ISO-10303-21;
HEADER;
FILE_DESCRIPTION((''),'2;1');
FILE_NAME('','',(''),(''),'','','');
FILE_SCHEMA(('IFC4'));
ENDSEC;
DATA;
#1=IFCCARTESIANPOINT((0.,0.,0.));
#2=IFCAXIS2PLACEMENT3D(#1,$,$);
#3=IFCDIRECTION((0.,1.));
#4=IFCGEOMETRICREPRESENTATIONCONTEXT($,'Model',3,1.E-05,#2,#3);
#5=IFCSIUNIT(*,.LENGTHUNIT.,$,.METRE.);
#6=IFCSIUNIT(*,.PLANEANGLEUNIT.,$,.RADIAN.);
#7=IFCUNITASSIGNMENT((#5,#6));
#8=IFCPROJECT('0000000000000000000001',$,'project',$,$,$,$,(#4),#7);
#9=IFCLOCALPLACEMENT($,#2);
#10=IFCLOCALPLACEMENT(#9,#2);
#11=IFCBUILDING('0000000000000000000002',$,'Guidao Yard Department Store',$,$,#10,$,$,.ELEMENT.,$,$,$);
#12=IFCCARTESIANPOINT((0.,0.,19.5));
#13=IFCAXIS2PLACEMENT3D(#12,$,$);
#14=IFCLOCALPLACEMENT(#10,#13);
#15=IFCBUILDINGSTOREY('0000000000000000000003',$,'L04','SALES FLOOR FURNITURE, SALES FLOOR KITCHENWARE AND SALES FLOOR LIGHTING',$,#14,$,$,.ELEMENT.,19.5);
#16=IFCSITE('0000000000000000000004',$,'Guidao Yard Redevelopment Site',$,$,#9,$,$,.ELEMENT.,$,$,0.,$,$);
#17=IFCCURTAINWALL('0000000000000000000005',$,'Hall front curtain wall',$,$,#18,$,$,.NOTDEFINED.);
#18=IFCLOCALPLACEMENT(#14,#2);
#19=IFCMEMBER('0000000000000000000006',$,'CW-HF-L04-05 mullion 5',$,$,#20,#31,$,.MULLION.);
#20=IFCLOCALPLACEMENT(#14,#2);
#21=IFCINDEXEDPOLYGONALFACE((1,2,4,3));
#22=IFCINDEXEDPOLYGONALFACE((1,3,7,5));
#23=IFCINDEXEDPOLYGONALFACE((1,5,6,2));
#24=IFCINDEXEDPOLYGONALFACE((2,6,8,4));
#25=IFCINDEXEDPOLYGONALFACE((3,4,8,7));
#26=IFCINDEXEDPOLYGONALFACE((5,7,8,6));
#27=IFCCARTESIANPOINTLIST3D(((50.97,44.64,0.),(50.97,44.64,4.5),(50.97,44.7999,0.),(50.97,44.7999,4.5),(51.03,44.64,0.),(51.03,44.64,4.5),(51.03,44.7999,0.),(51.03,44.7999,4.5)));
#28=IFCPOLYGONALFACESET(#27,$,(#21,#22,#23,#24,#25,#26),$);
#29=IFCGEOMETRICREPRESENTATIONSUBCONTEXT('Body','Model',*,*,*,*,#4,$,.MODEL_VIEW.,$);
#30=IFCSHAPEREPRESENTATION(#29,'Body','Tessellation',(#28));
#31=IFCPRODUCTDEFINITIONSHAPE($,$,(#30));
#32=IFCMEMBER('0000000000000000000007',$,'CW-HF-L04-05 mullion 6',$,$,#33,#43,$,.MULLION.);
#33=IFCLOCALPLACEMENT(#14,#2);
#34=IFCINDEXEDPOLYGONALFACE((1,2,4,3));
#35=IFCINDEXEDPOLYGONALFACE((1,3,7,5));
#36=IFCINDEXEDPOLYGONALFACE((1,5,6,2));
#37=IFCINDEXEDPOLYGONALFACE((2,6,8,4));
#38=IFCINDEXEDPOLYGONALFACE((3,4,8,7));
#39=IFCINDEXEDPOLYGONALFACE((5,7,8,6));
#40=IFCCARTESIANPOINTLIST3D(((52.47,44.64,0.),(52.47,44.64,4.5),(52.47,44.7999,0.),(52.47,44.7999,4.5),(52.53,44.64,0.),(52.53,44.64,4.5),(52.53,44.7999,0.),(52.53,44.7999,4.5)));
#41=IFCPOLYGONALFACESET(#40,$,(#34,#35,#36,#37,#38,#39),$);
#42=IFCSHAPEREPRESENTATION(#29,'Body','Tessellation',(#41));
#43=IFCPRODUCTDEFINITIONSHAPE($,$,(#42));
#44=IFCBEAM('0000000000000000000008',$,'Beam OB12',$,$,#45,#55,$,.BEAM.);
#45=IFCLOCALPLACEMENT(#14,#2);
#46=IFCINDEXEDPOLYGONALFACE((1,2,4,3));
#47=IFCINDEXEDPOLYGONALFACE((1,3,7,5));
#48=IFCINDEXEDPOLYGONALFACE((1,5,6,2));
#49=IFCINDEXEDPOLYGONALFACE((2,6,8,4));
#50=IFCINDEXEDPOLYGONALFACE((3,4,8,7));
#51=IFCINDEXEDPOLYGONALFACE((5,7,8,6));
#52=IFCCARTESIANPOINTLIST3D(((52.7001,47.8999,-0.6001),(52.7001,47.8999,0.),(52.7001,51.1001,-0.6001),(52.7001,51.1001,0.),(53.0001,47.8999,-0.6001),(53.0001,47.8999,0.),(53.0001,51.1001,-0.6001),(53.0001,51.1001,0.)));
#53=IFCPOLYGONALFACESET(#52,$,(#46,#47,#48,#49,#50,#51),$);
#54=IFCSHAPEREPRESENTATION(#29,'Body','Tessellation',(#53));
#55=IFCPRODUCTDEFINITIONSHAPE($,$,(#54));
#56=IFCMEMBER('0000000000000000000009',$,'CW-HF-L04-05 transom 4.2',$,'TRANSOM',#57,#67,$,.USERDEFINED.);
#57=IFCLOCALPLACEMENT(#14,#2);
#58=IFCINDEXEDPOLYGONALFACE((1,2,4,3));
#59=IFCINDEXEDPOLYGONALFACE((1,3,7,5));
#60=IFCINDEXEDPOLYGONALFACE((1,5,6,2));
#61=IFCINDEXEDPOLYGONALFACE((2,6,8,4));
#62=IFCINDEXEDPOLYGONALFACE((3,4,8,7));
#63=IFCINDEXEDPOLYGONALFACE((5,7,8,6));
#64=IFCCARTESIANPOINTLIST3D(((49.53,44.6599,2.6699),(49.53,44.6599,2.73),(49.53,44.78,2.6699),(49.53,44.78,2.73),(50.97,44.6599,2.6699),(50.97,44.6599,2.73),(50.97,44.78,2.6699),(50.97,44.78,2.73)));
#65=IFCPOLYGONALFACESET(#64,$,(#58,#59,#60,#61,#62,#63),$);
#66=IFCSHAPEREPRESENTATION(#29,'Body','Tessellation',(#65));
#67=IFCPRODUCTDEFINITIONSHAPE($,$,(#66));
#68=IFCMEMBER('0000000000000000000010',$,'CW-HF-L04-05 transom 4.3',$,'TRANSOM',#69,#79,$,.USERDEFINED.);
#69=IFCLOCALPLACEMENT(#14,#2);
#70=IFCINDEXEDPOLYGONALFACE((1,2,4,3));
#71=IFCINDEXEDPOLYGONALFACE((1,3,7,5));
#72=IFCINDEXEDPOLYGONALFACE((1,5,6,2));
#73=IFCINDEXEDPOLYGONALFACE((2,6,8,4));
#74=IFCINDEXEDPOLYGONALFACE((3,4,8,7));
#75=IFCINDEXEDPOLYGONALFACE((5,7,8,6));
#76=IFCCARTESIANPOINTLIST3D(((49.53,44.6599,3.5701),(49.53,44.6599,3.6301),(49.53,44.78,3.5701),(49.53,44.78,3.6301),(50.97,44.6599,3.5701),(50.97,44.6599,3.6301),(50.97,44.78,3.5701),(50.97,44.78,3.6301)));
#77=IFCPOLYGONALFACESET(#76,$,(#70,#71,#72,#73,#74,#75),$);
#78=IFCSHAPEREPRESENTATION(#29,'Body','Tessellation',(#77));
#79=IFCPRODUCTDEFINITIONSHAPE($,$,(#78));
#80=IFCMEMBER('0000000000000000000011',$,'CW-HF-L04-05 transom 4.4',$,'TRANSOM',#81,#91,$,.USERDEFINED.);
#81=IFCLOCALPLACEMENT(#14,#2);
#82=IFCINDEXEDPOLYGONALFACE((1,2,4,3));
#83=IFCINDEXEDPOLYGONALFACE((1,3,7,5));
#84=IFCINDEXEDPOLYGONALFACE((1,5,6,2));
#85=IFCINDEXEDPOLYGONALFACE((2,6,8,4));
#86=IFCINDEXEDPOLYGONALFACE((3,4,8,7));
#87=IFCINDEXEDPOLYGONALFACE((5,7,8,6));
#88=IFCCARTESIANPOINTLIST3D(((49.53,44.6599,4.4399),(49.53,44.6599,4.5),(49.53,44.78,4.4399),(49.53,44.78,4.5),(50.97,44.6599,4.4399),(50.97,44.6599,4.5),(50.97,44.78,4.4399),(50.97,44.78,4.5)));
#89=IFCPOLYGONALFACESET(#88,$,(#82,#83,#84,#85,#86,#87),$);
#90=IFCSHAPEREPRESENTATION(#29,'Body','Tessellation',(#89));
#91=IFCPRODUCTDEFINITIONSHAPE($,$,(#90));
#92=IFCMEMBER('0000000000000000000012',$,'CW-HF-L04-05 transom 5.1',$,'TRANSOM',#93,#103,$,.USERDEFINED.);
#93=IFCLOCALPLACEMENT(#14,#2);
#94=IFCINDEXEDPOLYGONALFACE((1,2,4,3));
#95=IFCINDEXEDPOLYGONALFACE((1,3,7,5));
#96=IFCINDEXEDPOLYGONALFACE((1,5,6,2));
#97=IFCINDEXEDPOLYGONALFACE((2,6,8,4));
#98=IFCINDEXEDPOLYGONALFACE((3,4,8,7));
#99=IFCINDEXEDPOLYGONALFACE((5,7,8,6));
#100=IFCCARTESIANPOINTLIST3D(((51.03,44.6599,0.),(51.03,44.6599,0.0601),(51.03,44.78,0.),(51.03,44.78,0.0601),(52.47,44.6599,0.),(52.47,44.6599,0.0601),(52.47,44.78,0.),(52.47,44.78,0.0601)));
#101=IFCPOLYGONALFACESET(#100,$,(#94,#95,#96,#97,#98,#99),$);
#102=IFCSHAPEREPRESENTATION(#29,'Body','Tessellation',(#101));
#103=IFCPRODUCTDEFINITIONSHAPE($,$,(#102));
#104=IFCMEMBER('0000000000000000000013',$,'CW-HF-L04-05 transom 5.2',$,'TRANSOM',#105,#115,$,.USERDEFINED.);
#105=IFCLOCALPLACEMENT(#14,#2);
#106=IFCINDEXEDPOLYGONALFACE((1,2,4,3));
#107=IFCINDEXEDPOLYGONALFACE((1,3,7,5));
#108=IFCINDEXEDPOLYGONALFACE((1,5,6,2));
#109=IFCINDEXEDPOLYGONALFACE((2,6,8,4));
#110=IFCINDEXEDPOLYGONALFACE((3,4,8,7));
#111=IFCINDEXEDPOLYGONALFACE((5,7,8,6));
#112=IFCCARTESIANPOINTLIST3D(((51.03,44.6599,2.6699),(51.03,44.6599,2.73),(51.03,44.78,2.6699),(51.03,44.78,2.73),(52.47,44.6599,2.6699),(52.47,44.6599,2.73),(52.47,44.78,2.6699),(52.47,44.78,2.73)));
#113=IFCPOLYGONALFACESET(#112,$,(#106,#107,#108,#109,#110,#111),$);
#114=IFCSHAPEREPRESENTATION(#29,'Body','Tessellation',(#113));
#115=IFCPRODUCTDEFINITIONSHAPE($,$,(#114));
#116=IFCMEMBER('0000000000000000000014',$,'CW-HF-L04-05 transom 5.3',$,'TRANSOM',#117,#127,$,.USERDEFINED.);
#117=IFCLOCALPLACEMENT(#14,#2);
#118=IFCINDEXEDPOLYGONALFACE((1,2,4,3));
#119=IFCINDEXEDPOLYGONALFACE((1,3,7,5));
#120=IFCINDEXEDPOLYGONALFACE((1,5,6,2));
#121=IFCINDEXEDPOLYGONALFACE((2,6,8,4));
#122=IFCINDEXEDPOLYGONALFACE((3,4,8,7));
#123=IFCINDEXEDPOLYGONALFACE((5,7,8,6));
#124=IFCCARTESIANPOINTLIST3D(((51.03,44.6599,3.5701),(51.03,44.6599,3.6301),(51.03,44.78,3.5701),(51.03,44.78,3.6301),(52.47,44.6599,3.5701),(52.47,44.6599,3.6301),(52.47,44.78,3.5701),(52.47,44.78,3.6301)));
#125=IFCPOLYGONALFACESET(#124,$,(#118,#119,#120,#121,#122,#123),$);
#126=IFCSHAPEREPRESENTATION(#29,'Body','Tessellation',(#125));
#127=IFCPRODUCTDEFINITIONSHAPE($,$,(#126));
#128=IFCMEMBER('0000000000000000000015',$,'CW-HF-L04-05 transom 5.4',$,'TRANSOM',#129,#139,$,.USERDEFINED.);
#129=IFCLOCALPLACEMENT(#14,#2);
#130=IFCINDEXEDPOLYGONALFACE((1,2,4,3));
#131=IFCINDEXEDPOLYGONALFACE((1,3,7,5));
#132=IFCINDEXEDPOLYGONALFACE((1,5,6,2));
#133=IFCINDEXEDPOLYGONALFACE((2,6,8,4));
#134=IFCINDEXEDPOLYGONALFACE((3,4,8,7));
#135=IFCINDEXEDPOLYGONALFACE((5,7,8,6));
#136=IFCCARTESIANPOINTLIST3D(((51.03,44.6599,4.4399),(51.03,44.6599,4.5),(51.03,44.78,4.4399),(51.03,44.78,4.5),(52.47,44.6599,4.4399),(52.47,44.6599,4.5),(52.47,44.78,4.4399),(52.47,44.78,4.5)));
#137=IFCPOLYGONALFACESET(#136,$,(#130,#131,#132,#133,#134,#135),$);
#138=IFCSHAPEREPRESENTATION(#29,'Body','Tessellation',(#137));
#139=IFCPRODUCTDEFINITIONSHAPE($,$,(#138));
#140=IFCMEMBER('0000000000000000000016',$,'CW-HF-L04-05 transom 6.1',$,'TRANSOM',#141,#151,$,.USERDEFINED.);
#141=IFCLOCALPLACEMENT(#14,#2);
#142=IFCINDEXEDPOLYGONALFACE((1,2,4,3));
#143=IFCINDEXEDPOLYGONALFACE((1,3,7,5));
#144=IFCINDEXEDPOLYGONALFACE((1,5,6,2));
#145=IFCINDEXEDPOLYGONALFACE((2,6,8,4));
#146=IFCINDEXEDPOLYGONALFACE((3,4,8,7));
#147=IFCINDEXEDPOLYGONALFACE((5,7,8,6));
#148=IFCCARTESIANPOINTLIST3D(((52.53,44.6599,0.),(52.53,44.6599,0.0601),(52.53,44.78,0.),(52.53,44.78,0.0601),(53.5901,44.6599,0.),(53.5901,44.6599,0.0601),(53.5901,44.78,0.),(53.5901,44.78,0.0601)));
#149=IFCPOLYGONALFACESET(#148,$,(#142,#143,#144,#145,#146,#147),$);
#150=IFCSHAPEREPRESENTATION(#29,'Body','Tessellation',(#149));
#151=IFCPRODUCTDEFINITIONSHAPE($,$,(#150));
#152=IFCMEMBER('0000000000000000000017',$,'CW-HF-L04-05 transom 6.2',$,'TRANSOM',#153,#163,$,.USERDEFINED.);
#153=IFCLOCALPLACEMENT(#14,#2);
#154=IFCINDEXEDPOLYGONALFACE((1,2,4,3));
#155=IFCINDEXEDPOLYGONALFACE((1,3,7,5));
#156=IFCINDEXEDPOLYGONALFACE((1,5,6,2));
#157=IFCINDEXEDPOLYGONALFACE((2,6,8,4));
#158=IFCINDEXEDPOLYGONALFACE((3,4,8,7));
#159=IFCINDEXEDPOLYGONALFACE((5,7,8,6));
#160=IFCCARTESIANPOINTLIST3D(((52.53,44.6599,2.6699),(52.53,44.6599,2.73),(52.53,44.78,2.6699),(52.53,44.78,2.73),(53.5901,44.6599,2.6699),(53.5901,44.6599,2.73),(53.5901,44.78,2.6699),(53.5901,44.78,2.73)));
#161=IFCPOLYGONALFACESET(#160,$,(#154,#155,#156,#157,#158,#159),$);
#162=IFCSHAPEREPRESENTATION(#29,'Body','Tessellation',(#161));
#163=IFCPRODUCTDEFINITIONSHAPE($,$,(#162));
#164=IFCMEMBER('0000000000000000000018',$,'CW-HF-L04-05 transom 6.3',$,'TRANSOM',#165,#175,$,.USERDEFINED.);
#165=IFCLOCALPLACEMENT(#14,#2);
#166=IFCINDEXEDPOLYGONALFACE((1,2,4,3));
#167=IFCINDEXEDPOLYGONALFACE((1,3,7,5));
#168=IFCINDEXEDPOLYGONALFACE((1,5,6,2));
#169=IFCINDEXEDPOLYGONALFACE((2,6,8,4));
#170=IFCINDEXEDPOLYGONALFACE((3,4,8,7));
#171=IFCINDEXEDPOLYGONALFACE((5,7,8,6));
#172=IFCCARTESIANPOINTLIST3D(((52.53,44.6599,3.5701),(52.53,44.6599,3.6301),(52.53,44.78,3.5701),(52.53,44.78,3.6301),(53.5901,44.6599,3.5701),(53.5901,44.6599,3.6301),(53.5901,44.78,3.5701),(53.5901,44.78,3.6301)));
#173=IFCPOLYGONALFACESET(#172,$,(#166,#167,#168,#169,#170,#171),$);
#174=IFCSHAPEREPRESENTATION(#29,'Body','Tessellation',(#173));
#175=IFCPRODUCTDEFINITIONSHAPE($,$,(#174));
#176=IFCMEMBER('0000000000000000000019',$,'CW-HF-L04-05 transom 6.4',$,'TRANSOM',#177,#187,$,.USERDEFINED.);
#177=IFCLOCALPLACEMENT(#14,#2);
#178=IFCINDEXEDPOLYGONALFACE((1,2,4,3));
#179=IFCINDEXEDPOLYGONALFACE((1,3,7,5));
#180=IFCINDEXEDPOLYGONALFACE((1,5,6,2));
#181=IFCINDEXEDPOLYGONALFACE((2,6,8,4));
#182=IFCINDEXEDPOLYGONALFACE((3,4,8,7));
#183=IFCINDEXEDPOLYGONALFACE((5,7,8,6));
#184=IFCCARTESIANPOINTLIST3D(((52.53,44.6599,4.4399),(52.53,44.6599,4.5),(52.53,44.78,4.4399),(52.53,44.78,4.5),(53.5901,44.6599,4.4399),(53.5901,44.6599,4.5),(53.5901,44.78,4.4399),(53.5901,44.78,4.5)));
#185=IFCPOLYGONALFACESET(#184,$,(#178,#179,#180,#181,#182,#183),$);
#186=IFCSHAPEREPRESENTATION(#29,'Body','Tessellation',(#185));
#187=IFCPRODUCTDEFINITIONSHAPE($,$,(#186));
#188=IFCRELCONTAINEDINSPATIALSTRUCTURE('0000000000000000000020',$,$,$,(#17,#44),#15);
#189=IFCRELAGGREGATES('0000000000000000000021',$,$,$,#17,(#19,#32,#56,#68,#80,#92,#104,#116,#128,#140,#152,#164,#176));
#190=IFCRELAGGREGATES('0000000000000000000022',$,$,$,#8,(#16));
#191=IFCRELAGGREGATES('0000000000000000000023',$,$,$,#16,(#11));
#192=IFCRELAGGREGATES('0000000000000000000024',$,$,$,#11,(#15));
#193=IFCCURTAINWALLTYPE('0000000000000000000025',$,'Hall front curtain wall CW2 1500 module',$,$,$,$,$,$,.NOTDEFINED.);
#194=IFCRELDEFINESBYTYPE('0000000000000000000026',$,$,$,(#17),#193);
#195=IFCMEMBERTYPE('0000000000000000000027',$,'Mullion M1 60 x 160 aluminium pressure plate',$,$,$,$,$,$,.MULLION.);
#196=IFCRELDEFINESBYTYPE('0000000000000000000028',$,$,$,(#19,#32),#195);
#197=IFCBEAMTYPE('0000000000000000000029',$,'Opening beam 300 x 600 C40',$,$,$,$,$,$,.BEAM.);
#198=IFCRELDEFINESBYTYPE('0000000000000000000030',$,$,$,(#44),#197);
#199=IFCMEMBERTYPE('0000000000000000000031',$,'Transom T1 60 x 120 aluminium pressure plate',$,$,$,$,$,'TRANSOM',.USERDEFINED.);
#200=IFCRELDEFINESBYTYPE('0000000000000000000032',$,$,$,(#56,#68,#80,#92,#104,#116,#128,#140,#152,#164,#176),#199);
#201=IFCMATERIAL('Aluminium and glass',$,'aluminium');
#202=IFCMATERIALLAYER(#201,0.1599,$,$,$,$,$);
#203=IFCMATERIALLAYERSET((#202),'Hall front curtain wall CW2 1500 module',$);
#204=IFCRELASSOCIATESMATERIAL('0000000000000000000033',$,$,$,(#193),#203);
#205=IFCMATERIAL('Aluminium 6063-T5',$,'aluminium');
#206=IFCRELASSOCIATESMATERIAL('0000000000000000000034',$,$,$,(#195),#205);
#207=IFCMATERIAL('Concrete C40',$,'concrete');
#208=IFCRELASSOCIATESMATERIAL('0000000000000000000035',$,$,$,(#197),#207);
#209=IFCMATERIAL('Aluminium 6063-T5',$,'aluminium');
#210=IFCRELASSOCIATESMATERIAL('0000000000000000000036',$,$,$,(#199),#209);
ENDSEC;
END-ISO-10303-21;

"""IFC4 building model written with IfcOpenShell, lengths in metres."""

from ifc_helpers import new_model, si_unit, direction, frame, origin, origin_2d, place, context, subcontext, project, spatial, rectangle, extrude, material, layer, layer_set, material_profile, profile_set, type_object, element, aggregate, save


model = new_model("IFC4")

# Units and contexts
model_context = context("Model", 3, precision=1e-05, world=origin(), true_north=direction((0.0, 1.0)))
body_context = subcontext(model_context, "Body", "Model", "MODEL_VIEW")
ifc_project = project(units=[si_unit("LENGTHUNIT", "METRE"), si_unit("PLANEANGLEUNIT", "RADIAN")], contexts=[model_context])

# Site, building, storey
site_placement = place(None, origin())
site = spatial("IfcSite", under=ifc_project, at=site_placement, Name="Guidao Yard Redevelopment Site", CompositionType="ELEMENT", RefElevation=0.0)
building_placement = place(site_placement, origin())
building = spatial("IfcBuilding", under=site, at=building_placement, Name="Guidao Yard Department Store", CompositionType="ELEMENT")
storey_placement = place(building_placement, frame((0.0, 0.0, 19.5)))
storey = spatial("IfcBuildingStorey", under=building, at=storey_placement, Name="L04", Description="SALES FLOOR FURNITURE, SALES FLOOR KITCHENWARE AND SALES FLOOR LIGHTING", CompositionType="ELEMENT", Elevation=19.5)

# Curtain wall, members
ifc_material_1 = material(Name="Aluminium and glass", Category="aluminium")
ifc_layer_1 = layer(ifc_material_1, 0.1599)
ifc_layer_set_1 = layer_set([ifc_layer_1], Name="Hall front curtain wall CW2 1500 module")
curtain_wall_type = type_object("IfcCurtainWallType", Name="Hall front curtain wall CW2 1500 module", PredefinedType="NOTDEFINED", material=ifc_layer_set_1)
curtain_wall_placement = place(storey_placement, origin())
curtain_wall = element("IfcCurtainWall", 1, at=curtain_wall_placement, inside=storey, type_object=curtain_wall_type, Name="Hall front curtain wall", PredefinedType="NOTDEFINED")
ifc_material_2 = material(Name="Aluminium 6063-T5", Category="aluminium")
ifc_material_profile_1 = material_profile(ifc_material_2, rectangle(XDim=0.0601, YDim=0.1599, at=origin_2d()), Name="Mullion M1 60 x 160 aluminium pressure plate")
ifc_profile_set_1 = profile_set([ifc_material_profile_1], Name="Aluminium 6063-T5")
member_type_1 = type_object("IfcMemberType", Name="Mullion M1 60 x 160 aluminium pressure plate", PredefinedType="MULLION", material=ifc_profile_set_1)
member_1_placement = place(storey_placement, frame((51.0, 44.72, 0.0), z_axis=(0.0, 0.0, 1.0), x_axis=(-1.0, 0.0, 0.0)))
member_1 = element("IfcMember", 2, at=member_1_placement, type_object=member_type_1, Name="CW-HF-L04-05 mullion 5", PredefinedType="MULLION", context=body_context, shape_type="SweptSolid", body=[
    extrude(rectangle(XDim=0.0601, YDim=0.1599, at=origin_2d()), origin(), (0.0, 0.0, 1.0), 4.5),
])
member_2_placement = place(storey_placement, frame((52.5, 44.72, 0.0), z_axis=(0.0, 0.0, 1.0), x_axis=(-1.0, 0.0, 0.0)))
member_2 = element("IfcMember", 3, at=member_2_placement, type_object=member_type_1, Name="CW-HF-L04-05 mullion 6", PredefinedType="MULLION", context=body_context, shape_type="SweptSolid", body=[
    extrude(rectangle(XDim=0.0601, YDim=0.1599, at=origin_2d()), origin(), (0.0, 0.0, 1.0), 4.5),
])

# Beam
ifc_material_3 = material(Name="Concrete C40", Category="concrete")
ifc_material_profile_2 = material_profile(ifc_material_3, rectangle(XDim=0.3, YDim=0.6001, at=origin_2d()), Name="Opening beam 300 x 600 C40")
ifc_profile_set_2 = profile_set([ifc_material_profile_2], Name="Concrete C40")
beam_type = type_object("IfcBeamType", Name="Opening beam 300 x 600 C40", PredefinedType="BEAM", material=ifc_profile_set_2)
beam_placement = place(storey_placement, frame((52.8501, 47.8999, -0.3), z_axis=(0.0, 1.0, 0.0), x_axis=(-1.0, 0.0, 0.0)))
element("IfcBeam", 4, at=beam_placement, inside=storey, type_object=beam_type, Name="Beam OB12", PredefinedType="BEAM", context=body_context, shape_type="SweptSolid", body=[
    extrude(rectangle(XDim=0.3, YDim=0.6001, at=origin_2d()), origin(), (0.0, 0.0, 1.0), 3.2002),
])

# Members
ifc_material_4 = material(Name="Aluminium 6063-T5", Category="aluminium")
ifc_material_profile_3 = material_profile(ifc_material_4, rectangle(XDim=0.1201, YDim=0.0601, at=origin_2d()), Name="Transom T1 60 x 120 aluminium pressure plate")
ifc_profile_set_3 = profile_set([ifc_material_profile_3], Name="Aluminium 6063-T5")
member_type_2 = type_object("IfcMemberType", Name="Transom T1 60 x 120 aluminium pressure plate", ElementType="TRANSOM", PredefinedType="USERDEFINED", material=ifc_profile_set_3)
member_3_placement = place(storey_placement, frame((50.97, 44.72, 2.7), z_axis=(-1.0, 0.0, 0.0), x_axis=(0.0, -1.0, 0.0)))
member_3 = element("IfcMember", 5, at=member_3_placement, type_object=member_type_2, Name="CW-HF-L04-05 transom 4.2", ObjectType="TRANSOM", PredefinedType="USERDEFINED", context=body_context, shape_type="SweptSolid", body=[
    extrude(rectangle(XDim=0.1201, YDim=0.0601, at=origin_2d()), origin(), (0.0, 0.0, 1.0), 1.4399),
])
member_4_placement = place(storey_placement, frame((50.97, 44.72, 3.6001), z_axis=(-1.0, 0.0, 0.0), x_axis=(0.0, -1.0, 0.0)))
member_4 = element("IfcMember", 6, at=member_4_placement, type_object=member_type_2, Name="CW-HF-L04-05 transom 4.3", ObjectType="TRANSOM", PredefinedType="USERDEFINED", context=body_context, shape_type="SweptSolid", body=[
    extrude(rectangle(XDim=0.1201, YDim=0.0601, at=origin_2d()), origin(), (0.0, 0.0, 1.0), 1.4399),
])
member_5_placement = place(storey_placement, frame((50.97, 44.72, 4.47), z_axis=(-1.0, 0.0, 0.0), x_axis=(0.0, -1.0, 0.0)))
member_5 = element("IfcMember", 7, at=member_5_placement, type_object=member_type_2, Name="CW-HF-L04-05 transom 4.4", ObjectType="TRANSOM", PredefinedType="USERDEFINED", context=body_context, shape_type="SweptSolid", body=[
    extrude(rectangle(XDim=0.1201, YDim=0.0601, at=origin_2d()), origin(), (0.0, 0.0, 1.0), 1.4399),
])
member_6_placement = place(storey_placement, frame((52.47, 44.72, 0.03), z_axis=(-1.0, 0.0, 0.0), x_axis=(0.0, -1.0, 0.0)))
member_6 = element("IfcMember", 8, at=member_6_placement, type_object=member_type_2, Name="CW-HF-L04-05 transom 5.1", ObjectType="TRANSOM", PredefinedType="USERDEFINED", context=body_context, shape_type="SweptSolid", body=[
    extrude(rectangle(XDim=0.1201, YDim=0.0601, at=origin_2d()), origin(), (0.0, 0.0, 1.0), 1.4399),
])
member_7_placement = place(storey_placement, frame((52.47, 44.72, 2.7), z_axis=(-1.0, 0.0, 0.0), x_axis=(0.0, -1.0, 0.0)))
member_7 = element("IfcMember", 9, at=member_7_placement, type_object=member_type_2, Name="CW-HF-L04-05 transom 5.2", ObjectType="TRANSOM", PredefinedType="USERDEFINED", context=body_context, shape_type="SweptSolid", body=[
    extrude(rectangle(XDim=0.1201, YDim=0.0601, at=origin_2d()), origin(), (0.0, 0.0, 1.0), 1.4399),
])
member_8_placement = place(storey_placement, frame((52.47, 44.72, 3.6001), z_axis=(-1.0, 0.0, 0.0), x_axis=(0.0, -1.0, 0.0)))
member_8 = element("IfcMember", 10, at=member_8_placement, type_object=member_type_2, Name="CW-HF-L04-05 transom 5.3", ObjectType="TRANSOM", PredefinedType="USERDEFINED", context=body_context, shape_type="SweptSolid", body=[
    extrude(rectangle(XDim=0.1201, YDim=0.0601, at=origin_2d()), origin(), (0.0, 0.0, 1.0), 1.4399),
])
member_9_placement = place(storey_placement, frame((52.47, 44.72, 4.47), z_axis=(-1.0, 0.0, 0.0), x_axis=(0.0, -1.0, 0.0)))
member_9 = element("IfcMember", 11, at=member_9_placement, type_object=member_type_2, Name="CW-HF-L04-05 transom 5.4", ObjectType="TRANSOM", PredefinedType="USERDEFINED", context=body_context, shape_type="SweptSolid", body=[
    extrude(rectangle(XDim=0.1201, YDim=0.0601, at=origin_2d()), origin(), (0.0, 0.0, 1.0), 1.4399),
])
member_10_placement = place(storey_placement, frame((53.5901, 44.72, 0.03), z_axis=(-1.0, 0.0, 0.0), x_axis=(0.0, -1.0, 0.0)))
member_10 = element("IfcMember", 12, at=member_10_placement, type_object=member_type_2, Name="CW-HF-L04-05 transom 6.1", ObjectType="TRANSOM", PredefinedType="USERDEFINED", context=body_context, shape_type="SweptSolid", body=[
    extrude(rectangle(XDim=0.1201, YDim=0.0601, at=origin_2d()), origin(), (0.0, 0.0, 1.0), 1.0601),
])
member_11_placement = place(storey_placement, frame((53.5901, 44.72, 2.7), z_axis=(-1.0, 0.0, 0.0), x_axis=(0.0, -1.0, 0.0)))
member_11 = element("IfcMember", 13, at=member_11_placement, type_object=member_type_2, Name="CW-HF-L04-05 transom 6.2", ObjectType="TRANSOM", PredefinedType="USERDEFINED", context=body_context, shape_type="SweptSolid", body=[
    extrude(rectangle(XDim=0.1201, YDim=0.0601, at=origin_2d()), origin(), (0.0, 0.0, 1.0), 1.0601),
])
member_12_placement = place(storey_placement, frame((53.5901, 44.72, 3.6001), z_axis=(-1.0, 0.0, 0.0), x_axis=(0.0, -1.0, 0.0)))
member_12 = element("IfcMember", 14, at=member_12_placement, type_object=member_type_2, Name="CW-HF-L04-05 transom 6.3", ObjectType="TRANSOM", PredefinedType="USERDEFINED", context=body_context, shape_type="SweptSolid", body=[
    extrude(rectangle(XDim=0.1201, YDim=0.0601, at=origin_2d()), origin(), (0.0, 0.0, 1.0), 1.0601),
])
member_13_placement = place(storey_placement, frame((53.5901, 44.72, 4.47), z_axis=(-1.0, 0.0, 0.0), x_axis=(0.0, -1.0, 0.0)))
member_13 = element("IfcMember", 15, at=member_13_placement, type_object=member_type_2, Name="CW-HF-L04-05 transom 6.4", ObjectType="TRANSOM", PredefinedType="USERDEFINED", context=body_context, shape_type="SweptSolid", body=[
    extrude(rectangle(XDim=0.1201, YDim=0.0601, at=origin_2d()), origin(), (0.0, 0.0, 1.0), 1.0601),
])

aggregate(curtain_wall, [member_1, member_2, member_3, member_4, member_5, member_6, member_7, member_8, member_9, member_10, member_11, member_12, member_13])

save(model, "model.ifc")
